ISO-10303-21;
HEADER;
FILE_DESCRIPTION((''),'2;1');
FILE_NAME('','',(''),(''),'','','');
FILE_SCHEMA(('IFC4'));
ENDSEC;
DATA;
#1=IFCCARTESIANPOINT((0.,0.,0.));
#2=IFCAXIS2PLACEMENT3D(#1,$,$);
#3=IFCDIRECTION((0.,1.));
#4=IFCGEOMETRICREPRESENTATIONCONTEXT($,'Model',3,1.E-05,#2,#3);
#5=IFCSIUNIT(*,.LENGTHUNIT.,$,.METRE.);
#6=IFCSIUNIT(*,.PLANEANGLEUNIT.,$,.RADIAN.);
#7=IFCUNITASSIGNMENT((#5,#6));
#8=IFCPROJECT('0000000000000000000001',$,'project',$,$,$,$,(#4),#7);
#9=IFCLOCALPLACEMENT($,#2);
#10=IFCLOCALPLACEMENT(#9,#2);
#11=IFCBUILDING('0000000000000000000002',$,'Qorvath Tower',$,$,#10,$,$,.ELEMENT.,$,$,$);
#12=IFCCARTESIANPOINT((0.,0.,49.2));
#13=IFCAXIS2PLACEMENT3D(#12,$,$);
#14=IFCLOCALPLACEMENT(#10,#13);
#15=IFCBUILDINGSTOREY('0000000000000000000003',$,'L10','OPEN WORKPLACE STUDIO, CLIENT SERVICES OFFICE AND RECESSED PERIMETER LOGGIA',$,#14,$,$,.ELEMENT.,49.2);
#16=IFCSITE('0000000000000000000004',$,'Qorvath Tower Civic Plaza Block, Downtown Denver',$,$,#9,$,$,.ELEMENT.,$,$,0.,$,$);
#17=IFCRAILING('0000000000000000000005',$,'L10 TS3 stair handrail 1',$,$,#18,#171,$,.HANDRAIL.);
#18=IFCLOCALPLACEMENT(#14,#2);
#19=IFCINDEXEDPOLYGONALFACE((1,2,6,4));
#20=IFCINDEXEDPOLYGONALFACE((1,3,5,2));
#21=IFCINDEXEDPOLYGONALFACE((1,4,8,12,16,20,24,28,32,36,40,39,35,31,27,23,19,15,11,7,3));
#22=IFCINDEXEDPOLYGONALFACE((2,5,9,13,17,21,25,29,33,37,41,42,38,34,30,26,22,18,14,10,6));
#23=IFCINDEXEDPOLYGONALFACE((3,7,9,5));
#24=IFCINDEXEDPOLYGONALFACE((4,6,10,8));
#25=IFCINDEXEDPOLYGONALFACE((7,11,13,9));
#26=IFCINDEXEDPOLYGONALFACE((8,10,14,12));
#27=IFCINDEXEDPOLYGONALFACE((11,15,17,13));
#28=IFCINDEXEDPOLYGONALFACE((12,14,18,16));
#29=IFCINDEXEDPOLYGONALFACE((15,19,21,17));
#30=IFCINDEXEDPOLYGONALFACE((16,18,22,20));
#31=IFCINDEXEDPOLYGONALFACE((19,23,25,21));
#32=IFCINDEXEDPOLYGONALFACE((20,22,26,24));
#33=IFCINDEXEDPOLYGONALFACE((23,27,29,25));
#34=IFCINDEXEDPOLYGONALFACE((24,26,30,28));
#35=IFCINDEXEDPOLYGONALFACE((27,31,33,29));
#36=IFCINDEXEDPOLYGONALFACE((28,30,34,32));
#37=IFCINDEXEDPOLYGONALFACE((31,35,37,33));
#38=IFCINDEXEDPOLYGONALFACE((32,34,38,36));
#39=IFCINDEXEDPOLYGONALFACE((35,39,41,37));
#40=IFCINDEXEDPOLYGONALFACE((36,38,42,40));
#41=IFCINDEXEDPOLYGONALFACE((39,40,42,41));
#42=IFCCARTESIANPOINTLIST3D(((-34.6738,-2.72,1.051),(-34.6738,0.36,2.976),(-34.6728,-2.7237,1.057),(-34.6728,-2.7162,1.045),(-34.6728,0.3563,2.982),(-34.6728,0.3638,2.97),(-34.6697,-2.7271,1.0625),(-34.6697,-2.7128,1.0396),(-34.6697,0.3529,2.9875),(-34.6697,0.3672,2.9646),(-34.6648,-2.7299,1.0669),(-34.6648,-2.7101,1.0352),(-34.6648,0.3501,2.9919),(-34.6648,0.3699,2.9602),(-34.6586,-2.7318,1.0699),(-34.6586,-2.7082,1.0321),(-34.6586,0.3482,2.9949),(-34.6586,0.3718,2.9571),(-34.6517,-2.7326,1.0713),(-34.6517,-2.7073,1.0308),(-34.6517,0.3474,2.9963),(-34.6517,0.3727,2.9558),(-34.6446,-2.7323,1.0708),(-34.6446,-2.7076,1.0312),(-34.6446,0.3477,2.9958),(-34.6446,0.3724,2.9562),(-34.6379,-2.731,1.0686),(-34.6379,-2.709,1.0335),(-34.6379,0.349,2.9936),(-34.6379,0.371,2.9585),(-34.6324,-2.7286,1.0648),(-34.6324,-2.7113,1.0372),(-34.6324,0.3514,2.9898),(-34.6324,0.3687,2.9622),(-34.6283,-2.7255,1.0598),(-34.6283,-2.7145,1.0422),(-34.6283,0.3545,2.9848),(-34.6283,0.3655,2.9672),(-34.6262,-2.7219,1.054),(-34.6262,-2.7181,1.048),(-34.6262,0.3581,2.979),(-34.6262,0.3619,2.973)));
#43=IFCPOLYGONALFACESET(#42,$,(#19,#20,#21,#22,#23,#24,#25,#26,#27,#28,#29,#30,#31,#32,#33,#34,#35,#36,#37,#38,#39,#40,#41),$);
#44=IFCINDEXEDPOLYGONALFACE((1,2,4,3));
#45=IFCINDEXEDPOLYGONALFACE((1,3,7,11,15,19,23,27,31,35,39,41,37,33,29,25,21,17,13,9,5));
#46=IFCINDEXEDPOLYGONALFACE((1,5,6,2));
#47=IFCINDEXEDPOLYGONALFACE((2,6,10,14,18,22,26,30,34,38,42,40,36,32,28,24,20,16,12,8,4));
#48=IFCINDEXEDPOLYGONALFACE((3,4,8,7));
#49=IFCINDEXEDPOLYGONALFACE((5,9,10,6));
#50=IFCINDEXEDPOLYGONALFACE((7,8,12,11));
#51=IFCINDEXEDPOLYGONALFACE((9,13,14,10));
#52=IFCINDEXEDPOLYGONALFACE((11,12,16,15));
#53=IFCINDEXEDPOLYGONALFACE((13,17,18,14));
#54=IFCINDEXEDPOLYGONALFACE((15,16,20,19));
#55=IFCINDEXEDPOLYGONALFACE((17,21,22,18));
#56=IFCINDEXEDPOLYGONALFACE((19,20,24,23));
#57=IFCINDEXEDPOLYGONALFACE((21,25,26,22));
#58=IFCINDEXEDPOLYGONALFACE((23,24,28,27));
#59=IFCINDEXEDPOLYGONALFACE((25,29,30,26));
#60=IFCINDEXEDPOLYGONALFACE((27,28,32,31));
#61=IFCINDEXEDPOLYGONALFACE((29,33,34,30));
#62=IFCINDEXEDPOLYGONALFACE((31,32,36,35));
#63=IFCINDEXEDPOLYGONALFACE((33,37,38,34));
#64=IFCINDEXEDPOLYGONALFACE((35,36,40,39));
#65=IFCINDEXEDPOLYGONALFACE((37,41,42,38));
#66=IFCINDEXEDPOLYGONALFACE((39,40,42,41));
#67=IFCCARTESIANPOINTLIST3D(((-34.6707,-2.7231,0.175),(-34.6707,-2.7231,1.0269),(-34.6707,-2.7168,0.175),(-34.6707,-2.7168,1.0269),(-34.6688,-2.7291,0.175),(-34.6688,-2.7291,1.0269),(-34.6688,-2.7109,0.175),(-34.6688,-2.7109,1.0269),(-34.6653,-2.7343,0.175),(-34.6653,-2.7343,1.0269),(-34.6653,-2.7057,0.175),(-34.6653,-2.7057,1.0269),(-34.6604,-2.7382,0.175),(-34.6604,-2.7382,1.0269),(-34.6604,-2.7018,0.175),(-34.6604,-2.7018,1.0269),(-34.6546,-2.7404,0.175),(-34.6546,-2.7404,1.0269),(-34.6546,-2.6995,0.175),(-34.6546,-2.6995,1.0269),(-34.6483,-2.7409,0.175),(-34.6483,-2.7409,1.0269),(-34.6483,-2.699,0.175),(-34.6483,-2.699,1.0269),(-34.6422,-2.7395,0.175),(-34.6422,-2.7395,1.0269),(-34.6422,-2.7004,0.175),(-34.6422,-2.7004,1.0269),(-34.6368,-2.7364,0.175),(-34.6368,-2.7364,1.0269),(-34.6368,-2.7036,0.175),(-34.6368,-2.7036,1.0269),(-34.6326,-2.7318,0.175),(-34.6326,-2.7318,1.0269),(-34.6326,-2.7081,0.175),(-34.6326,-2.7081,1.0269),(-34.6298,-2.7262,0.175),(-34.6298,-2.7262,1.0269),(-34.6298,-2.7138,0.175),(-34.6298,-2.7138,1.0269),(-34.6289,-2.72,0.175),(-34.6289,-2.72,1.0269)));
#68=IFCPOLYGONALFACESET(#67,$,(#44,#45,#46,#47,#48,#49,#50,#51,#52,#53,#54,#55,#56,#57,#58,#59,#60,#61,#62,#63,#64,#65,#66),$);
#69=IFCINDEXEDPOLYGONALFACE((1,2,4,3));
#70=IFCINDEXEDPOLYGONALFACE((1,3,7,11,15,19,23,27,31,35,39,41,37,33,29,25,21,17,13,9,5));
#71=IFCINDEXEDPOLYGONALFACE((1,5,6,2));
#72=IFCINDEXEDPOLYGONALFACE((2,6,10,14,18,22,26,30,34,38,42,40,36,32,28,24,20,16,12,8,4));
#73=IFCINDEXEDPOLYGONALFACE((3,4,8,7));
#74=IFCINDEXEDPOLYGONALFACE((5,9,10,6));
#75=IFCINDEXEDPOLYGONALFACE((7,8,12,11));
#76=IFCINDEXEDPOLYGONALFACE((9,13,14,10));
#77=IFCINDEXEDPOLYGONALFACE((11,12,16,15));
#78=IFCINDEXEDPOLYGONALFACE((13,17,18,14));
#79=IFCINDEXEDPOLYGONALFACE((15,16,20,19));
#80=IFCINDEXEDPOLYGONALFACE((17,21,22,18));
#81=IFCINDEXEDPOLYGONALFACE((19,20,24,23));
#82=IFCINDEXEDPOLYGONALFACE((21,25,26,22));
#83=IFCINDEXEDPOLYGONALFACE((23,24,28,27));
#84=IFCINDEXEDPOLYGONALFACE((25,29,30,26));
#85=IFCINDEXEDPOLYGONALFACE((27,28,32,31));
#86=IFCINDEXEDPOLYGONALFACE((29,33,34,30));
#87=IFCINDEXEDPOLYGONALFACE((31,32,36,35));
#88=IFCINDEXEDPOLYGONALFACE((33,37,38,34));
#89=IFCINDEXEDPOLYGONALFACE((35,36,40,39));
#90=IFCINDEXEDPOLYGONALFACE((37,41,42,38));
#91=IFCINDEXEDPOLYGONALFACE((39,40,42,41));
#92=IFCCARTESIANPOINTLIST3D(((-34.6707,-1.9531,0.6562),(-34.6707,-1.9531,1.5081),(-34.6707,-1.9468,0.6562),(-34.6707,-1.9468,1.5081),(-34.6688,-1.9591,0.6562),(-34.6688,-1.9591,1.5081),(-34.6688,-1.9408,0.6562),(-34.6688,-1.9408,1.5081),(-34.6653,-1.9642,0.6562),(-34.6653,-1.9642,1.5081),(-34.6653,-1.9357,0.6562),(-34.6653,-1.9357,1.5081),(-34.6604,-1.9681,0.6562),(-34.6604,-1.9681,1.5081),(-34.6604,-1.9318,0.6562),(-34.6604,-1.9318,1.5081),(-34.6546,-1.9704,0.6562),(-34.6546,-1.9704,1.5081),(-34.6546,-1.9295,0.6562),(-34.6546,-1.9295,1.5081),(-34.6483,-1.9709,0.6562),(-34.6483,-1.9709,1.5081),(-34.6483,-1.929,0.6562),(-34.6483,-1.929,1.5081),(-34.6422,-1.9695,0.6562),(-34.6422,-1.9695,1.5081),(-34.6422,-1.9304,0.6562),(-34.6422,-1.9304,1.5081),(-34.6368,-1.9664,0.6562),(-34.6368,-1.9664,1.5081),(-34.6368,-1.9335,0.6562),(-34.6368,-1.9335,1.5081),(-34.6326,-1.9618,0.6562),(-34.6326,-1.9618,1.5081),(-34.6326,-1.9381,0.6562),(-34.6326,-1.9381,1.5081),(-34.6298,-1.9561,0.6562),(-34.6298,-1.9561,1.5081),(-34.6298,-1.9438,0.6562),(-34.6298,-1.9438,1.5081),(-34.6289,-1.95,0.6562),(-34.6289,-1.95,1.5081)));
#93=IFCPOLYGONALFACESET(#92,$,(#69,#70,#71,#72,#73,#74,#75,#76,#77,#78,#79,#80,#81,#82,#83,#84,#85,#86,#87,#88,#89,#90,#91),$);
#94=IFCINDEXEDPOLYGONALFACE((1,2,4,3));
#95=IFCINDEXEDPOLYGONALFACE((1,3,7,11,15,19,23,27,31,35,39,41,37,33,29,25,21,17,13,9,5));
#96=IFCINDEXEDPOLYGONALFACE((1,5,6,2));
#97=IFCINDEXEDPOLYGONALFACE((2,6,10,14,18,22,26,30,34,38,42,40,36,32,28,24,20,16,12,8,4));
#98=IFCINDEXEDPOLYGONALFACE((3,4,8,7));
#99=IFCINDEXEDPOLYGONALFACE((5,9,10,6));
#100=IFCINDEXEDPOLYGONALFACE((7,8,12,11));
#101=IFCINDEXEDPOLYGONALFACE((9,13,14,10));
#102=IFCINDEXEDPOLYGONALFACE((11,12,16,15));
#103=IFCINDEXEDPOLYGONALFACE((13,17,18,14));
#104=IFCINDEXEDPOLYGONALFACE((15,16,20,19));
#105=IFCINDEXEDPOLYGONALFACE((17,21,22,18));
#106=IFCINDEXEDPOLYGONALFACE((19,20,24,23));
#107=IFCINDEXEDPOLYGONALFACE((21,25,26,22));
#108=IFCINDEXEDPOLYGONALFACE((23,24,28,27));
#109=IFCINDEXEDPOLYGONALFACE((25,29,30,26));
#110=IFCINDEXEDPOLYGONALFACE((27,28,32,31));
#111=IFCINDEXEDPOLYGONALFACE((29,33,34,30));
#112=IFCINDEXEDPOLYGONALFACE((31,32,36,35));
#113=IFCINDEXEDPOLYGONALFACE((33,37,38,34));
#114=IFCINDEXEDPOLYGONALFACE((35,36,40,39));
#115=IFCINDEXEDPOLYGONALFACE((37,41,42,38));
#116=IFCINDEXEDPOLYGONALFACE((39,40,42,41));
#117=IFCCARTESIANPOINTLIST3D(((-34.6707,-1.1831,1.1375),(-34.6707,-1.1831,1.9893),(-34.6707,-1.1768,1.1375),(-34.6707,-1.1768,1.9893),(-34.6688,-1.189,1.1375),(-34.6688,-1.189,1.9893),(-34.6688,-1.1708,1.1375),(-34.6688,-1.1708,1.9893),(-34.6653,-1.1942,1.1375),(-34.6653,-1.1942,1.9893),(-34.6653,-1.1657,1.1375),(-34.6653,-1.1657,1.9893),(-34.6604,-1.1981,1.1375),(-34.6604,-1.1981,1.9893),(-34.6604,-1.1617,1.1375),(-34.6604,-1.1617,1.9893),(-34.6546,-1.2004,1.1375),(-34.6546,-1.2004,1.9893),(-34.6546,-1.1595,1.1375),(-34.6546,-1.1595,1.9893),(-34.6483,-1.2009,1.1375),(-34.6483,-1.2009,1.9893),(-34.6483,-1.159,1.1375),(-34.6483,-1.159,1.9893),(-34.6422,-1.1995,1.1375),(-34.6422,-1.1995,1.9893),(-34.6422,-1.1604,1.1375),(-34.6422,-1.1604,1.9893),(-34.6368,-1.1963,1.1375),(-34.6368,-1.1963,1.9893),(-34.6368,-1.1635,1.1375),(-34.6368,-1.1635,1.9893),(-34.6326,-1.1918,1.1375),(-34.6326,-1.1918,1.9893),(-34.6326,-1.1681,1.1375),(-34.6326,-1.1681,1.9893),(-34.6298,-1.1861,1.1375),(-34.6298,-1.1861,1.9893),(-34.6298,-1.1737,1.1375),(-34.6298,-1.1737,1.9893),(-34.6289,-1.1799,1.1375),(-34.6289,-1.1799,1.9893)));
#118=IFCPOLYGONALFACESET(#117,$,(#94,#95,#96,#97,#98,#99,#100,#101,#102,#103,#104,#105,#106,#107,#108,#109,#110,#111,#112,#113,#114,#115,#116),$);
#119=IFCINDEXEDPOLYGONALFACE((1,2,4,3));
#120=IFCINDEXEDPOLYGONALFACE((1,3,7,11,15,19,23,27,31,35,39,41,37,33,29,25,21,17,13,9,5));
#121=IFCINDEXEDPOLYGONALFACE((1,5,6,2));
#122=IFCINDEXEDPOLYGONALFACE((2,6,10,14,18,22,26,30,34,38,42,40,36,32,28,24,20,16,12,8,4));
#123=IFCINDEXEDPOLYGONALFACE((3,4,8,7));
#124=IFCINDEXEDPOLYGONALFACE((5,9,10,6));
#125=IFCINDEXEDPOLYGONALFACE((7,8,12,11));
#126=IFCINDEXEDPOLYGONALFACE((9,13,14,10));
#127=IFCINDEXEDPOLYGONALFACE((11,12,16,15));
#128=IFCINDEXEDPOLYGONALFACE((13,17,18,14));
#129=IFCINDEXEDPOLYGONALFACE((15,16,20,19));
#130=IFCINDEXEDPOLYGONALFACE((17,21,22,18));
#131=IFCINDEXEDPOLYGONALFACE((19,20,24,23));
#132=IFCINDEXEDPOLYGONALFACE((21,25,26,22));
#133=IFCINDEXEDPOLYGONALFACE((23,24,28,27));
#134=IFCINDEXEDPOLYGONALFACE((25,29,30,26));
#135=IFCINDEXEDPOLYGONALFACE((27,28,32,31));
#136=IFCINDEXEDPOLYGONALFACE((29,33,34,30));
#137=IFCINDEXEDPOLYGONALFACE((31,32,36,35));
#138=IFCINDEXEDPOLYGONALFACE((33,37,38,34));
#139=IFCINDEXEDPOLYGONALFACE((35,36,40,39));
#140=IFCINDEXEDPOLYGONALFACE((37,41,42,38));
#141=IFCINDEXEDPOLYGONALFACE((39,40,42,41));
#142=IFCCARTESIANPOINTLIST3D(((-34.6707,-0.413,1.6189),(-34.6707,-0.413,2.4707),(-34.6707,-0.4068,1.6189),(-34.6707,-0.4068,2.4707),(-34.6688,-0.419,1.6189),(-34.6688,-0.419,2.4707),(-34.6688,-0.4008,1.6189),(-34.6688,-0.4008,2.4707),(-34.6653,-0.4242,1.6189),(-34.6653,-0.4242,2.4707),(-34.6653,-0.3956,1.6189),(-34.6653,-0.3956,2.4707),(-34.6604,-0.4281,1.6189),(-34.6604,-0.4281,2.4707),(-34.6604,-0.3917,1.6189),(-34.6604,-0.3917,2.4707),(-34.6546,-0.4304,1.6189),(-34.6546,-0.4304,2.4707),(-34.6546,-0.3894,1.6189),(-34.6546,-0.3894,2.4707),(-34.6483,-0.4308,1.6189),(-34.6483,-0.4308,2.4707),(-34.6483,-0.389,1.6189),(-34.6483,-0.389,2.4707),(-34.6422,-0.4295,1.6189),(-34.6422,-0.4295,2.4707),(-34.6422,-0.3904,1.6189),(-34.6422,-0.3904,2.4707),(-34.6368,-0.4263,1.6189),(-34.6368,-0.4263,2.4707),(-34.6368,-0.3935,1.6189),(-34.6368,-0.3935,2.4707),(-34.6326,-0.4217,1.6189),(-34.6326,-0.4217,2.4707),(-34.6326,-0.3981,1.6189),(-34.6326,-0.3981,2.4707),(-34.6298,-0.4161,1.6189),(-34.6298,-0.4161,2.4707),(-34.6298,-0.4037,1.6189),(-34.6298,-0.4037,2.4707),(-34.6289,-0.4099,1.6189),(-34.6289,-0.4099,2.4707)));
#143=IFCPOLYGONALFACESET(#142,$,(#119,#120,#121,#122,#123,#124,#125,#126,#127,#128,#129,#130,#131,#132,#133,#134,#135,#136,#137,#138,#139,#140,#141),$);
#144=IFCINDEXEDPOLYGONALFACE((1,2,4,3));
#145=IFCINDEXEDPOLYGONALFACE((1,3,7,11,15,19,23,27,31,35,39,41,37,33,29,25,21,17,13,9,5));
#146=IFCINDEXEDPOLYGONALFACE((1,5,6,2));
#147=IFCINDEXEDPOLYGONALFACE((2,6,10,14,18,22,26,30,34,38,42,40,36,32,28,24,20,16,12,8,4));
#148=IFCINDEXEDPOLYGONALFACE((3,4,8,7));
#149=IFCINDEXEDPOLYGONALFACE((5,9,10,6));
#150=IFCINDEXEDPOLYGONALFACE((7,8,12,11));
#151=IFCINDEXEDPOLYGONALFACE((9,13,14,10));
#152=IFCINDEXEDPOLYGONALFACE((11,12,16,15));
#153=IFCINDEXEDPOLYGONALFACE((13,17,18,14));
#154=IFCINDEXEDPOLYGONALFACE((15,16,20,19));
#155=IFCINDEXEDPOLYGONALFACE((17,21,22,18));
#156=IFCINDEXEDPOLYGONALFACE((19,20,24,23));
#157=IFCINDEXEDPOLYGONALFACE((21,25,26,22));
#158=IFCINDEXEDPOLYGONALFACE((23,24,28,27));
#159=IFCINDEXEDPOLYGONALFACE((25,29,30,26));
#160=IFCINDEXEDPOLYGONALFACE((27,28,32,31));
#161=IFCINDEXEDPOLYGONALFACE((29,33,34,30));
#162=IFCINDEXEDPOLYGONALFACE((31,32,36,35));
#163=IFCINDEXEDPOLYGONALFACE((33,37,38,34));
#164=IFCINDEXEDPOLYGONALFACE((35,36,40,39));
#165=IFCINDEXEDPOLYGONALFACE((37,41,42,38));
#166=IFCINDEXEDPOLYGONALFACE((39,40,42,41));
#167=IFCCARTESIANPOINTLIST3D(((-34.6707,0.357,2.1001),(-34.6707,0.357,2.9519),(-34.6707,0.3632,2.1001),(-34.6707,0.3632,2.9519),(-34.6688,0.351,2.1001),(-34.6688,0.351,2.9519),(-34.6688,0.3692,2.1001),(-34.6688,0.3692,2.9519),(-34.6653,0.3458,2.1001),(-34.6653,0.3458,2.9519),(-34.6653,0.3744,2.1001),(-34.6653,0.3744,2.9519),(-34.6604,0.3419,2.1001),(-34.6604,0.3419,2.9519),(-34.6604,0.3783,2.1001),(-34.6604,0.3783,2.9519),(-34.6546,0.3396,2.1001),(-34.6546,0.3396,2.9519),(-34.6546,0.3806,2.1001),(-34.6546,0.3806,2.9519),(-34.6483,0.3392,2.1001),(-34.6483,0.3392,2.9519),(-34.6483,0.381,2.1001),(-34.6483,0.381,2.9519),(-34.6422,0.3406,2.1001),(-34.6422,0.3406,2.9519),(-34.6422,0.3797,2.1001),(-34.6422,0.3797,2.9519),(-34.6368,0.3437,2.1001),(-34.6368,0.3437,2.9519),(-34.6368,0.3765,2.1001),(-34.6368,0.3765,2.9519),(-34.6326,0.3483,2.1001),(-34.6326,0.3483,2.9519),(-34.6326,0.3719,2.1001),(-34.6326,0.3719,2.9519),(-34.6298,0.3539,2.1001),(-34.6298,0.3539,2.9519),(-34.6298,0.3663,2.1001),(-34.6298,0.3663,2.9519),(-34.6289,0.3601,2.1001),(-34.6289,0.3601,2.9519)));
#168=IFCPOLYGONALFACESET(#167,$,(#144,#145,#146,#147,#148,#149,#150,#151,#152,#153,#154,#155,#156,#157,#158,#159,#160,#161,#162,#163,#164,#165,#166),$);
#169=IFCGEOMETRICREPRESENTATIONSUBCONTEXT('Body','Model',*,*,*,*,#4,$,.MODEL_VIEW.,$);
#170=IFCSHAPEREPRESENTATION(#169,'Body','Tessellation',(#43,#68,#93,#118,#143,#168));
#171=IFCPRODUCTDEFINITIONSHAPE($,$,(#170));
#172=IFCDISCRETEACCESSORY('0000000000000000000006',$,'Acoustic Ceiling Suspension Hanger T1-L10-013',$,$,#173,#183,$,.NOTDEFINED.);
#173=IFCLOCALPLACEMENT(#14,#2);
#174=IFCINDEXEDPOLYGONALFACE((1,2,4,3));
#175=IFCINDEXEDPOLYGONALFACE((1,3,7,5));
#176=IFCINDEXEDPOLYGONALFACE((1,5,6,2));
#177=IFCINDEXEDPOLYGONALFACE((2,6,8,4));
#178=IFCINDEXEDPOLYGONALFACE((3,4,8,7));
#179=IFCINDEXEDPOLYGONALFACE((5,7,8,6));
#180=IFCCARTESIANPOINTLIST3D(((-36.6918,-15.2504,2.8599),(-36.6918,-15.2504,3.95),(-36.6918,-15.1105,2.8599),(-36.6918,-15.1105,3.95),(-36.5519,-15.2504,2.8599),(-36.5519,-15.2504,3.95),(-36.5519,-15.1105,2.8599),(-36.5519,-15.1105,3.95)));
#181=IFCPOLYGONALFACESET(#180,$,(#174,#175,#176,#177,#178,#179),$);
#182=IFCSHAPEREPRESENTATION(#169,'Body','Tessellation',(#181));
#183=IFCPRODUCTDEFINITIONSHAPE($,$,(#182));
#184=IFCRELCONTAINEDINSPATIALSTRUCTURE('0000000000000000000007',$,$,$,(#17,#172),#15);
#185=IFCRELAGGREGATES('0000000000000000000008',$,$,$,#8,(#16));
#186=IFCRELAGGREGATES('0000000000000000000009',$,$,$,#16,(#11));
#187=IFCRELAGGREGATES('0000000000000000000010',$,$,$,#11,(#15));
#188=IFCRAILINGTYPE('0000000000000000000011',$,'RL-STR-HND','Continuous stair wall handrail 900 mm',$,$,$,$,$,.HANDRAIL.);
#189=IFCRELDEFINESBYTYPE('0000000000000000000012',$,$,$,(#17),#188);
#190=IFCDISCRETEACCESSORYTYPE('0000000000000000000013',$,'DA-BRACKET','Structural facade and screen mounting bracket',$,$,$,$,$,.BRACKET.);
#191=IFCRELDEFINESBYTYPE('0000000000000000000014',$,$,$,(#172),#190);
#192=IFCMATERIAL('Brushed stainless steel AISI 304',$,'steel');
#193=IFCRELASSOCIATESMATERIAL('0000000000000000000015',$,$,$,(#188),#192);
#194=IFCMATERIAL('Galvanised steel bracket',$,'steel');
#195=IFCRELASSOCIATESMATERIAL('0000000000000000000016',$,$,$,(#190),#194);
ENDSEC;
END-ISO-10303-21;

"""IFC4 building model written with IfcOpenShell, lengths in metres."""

from ifc_helpers import new_model, si_unit, direction, frame, origin, origin_2d, place, context, subcontext, project, spatial, rectangle, circle, extrude, material, type_object, element, save


model = new_model("IFC4")

# Units and contexts
model_context = context("Model", 3, precision=1e-05, world=origin(), true_north=direction((0.0, 1.0)))
body_context = subcontext(model_context, "Body", "Model", "MODEL_VIEW")
ifc_project = project(units=[si_unit("LENGTHUNIT", "METRE"), si_unit("PLANEANGLEUNIT", "RADIAN")], contexts=[model_context])

# Site, building, storey
site_placement = place(None, origin())
site = spatial("IfcSite", under=ifc_project, at=site_placement, Name="Qorvath Tower Civic Plaza Block, Downtown Denver", CompositionType="ELEMENT", RefElevation=0.0)
building_placement = place(site_placement, origin())
building = spatial("IfcBuilding", under=site, at=building_placement, Name="Qorvath Tower", CompositionType="ELEMENT")
storey_placement = place(building_placement, frame((0.0, 0.0, 49.2)))
storey = spatial("IfcBuildingStorey", under=building, at=storey_placement, Name="L10", Description="OPEN WORKPLACE STUDIO, CLIENT SERVICES OFFICE AND RECESSED PERIMETER LOGGIA", CompositionType="ELEMENT", Elevation=49.2)

# Railing
ifc_material_1 = material(Name="Brushed stainless steel AISI 304", Category="steel")
railing_type_1 = type_object("IfcRailingType", Name="RL-STR-HND", Description="Continuous stair wall handrail 900 mm", PredefinedType="HANDRAIL", material=ifc_material_1)
railing_1_placement = place(storey_placement, frame((-34.6499, -2.72, 0.175)))
element("IfcRailing", 1, at=railing_1_placement, inside=storey, type_object=railing_type_1, Name="L10 TS3 stair handrail 1", PredefinedType="HANDRAIL", context=body_context, shape_type="SweptSolid", body=[
    extrude(circle(Radius=0.0239, at=origin_2d()), frame((0.0, 0.0, 0.876), z_axis=(0.0, 0.847998, 0.529999), x_axis=(-1.0, 0.0, 0.0)), (0.0, 0.0, 1.0), 3.6321),
    extrude(circle(Radius=0.021, at=origin_2d()), origin(), (0.0, 0.0, 1.0), 0.8518),
    extrude(circle(Radius=0.021, at=origin_2d()), frame((0.0, 0.77, 0.4812)), (0.0, 0.0, 1.0), 0.8518),
    extrude(circle(Radius=0.021, at=origin_2d()), frame((0.0, 1.54, 0.9624)), (0.0, 0.0, 1.0), 0.8518),
    extrude(circle(Radius=0.021, at=origin_2d()), frame((0.0, 2.3101, 1.4438)), (0.0, 0.0, 1.0), 0.8518),
    extrude(circle(Radius=0.021, at=origin_2d()), frame((0.0, 3.0801, 1.925)), (0.0, 0.0, 1.0), 0.8518),
])

# Discrete accessory
ifc_material_2 = material(Name="Galvanised steel bracket", Category="steel")
discrete_accessory_type = type_object("IfcDiscreteAccessoryType", Name="DA-BRACKET", Description="Structural facade and screen mounting bracket", PredefinedType="BRACKET", material=ifc_material_2)
discrete_accessory_placement = place(storey_placement, frame((-36.6218, -15.1804, 2.8599), z_axis=(0.0, 0.0, 1.0), x_axis=(1.0, 0.0, 0.0)))
element("IfcDiscreteAccessory", 2, at=discrete_accessory_placement, inside=storey, type_object=discrete_accessory_type, Name="Acoustic Ceiling Suspension Hanger T1-L10-013", PredefinedType="NOTDEFINED", context=body_context, shape_type="SweptSolid", body=[
    extrude(rectangle(XDim=0.1399, YDim=0.1399, at=origin_2d()), origin(), (0.0, 0.0, 1.0), 1.0901),
])

save(model, "model.ifc")
